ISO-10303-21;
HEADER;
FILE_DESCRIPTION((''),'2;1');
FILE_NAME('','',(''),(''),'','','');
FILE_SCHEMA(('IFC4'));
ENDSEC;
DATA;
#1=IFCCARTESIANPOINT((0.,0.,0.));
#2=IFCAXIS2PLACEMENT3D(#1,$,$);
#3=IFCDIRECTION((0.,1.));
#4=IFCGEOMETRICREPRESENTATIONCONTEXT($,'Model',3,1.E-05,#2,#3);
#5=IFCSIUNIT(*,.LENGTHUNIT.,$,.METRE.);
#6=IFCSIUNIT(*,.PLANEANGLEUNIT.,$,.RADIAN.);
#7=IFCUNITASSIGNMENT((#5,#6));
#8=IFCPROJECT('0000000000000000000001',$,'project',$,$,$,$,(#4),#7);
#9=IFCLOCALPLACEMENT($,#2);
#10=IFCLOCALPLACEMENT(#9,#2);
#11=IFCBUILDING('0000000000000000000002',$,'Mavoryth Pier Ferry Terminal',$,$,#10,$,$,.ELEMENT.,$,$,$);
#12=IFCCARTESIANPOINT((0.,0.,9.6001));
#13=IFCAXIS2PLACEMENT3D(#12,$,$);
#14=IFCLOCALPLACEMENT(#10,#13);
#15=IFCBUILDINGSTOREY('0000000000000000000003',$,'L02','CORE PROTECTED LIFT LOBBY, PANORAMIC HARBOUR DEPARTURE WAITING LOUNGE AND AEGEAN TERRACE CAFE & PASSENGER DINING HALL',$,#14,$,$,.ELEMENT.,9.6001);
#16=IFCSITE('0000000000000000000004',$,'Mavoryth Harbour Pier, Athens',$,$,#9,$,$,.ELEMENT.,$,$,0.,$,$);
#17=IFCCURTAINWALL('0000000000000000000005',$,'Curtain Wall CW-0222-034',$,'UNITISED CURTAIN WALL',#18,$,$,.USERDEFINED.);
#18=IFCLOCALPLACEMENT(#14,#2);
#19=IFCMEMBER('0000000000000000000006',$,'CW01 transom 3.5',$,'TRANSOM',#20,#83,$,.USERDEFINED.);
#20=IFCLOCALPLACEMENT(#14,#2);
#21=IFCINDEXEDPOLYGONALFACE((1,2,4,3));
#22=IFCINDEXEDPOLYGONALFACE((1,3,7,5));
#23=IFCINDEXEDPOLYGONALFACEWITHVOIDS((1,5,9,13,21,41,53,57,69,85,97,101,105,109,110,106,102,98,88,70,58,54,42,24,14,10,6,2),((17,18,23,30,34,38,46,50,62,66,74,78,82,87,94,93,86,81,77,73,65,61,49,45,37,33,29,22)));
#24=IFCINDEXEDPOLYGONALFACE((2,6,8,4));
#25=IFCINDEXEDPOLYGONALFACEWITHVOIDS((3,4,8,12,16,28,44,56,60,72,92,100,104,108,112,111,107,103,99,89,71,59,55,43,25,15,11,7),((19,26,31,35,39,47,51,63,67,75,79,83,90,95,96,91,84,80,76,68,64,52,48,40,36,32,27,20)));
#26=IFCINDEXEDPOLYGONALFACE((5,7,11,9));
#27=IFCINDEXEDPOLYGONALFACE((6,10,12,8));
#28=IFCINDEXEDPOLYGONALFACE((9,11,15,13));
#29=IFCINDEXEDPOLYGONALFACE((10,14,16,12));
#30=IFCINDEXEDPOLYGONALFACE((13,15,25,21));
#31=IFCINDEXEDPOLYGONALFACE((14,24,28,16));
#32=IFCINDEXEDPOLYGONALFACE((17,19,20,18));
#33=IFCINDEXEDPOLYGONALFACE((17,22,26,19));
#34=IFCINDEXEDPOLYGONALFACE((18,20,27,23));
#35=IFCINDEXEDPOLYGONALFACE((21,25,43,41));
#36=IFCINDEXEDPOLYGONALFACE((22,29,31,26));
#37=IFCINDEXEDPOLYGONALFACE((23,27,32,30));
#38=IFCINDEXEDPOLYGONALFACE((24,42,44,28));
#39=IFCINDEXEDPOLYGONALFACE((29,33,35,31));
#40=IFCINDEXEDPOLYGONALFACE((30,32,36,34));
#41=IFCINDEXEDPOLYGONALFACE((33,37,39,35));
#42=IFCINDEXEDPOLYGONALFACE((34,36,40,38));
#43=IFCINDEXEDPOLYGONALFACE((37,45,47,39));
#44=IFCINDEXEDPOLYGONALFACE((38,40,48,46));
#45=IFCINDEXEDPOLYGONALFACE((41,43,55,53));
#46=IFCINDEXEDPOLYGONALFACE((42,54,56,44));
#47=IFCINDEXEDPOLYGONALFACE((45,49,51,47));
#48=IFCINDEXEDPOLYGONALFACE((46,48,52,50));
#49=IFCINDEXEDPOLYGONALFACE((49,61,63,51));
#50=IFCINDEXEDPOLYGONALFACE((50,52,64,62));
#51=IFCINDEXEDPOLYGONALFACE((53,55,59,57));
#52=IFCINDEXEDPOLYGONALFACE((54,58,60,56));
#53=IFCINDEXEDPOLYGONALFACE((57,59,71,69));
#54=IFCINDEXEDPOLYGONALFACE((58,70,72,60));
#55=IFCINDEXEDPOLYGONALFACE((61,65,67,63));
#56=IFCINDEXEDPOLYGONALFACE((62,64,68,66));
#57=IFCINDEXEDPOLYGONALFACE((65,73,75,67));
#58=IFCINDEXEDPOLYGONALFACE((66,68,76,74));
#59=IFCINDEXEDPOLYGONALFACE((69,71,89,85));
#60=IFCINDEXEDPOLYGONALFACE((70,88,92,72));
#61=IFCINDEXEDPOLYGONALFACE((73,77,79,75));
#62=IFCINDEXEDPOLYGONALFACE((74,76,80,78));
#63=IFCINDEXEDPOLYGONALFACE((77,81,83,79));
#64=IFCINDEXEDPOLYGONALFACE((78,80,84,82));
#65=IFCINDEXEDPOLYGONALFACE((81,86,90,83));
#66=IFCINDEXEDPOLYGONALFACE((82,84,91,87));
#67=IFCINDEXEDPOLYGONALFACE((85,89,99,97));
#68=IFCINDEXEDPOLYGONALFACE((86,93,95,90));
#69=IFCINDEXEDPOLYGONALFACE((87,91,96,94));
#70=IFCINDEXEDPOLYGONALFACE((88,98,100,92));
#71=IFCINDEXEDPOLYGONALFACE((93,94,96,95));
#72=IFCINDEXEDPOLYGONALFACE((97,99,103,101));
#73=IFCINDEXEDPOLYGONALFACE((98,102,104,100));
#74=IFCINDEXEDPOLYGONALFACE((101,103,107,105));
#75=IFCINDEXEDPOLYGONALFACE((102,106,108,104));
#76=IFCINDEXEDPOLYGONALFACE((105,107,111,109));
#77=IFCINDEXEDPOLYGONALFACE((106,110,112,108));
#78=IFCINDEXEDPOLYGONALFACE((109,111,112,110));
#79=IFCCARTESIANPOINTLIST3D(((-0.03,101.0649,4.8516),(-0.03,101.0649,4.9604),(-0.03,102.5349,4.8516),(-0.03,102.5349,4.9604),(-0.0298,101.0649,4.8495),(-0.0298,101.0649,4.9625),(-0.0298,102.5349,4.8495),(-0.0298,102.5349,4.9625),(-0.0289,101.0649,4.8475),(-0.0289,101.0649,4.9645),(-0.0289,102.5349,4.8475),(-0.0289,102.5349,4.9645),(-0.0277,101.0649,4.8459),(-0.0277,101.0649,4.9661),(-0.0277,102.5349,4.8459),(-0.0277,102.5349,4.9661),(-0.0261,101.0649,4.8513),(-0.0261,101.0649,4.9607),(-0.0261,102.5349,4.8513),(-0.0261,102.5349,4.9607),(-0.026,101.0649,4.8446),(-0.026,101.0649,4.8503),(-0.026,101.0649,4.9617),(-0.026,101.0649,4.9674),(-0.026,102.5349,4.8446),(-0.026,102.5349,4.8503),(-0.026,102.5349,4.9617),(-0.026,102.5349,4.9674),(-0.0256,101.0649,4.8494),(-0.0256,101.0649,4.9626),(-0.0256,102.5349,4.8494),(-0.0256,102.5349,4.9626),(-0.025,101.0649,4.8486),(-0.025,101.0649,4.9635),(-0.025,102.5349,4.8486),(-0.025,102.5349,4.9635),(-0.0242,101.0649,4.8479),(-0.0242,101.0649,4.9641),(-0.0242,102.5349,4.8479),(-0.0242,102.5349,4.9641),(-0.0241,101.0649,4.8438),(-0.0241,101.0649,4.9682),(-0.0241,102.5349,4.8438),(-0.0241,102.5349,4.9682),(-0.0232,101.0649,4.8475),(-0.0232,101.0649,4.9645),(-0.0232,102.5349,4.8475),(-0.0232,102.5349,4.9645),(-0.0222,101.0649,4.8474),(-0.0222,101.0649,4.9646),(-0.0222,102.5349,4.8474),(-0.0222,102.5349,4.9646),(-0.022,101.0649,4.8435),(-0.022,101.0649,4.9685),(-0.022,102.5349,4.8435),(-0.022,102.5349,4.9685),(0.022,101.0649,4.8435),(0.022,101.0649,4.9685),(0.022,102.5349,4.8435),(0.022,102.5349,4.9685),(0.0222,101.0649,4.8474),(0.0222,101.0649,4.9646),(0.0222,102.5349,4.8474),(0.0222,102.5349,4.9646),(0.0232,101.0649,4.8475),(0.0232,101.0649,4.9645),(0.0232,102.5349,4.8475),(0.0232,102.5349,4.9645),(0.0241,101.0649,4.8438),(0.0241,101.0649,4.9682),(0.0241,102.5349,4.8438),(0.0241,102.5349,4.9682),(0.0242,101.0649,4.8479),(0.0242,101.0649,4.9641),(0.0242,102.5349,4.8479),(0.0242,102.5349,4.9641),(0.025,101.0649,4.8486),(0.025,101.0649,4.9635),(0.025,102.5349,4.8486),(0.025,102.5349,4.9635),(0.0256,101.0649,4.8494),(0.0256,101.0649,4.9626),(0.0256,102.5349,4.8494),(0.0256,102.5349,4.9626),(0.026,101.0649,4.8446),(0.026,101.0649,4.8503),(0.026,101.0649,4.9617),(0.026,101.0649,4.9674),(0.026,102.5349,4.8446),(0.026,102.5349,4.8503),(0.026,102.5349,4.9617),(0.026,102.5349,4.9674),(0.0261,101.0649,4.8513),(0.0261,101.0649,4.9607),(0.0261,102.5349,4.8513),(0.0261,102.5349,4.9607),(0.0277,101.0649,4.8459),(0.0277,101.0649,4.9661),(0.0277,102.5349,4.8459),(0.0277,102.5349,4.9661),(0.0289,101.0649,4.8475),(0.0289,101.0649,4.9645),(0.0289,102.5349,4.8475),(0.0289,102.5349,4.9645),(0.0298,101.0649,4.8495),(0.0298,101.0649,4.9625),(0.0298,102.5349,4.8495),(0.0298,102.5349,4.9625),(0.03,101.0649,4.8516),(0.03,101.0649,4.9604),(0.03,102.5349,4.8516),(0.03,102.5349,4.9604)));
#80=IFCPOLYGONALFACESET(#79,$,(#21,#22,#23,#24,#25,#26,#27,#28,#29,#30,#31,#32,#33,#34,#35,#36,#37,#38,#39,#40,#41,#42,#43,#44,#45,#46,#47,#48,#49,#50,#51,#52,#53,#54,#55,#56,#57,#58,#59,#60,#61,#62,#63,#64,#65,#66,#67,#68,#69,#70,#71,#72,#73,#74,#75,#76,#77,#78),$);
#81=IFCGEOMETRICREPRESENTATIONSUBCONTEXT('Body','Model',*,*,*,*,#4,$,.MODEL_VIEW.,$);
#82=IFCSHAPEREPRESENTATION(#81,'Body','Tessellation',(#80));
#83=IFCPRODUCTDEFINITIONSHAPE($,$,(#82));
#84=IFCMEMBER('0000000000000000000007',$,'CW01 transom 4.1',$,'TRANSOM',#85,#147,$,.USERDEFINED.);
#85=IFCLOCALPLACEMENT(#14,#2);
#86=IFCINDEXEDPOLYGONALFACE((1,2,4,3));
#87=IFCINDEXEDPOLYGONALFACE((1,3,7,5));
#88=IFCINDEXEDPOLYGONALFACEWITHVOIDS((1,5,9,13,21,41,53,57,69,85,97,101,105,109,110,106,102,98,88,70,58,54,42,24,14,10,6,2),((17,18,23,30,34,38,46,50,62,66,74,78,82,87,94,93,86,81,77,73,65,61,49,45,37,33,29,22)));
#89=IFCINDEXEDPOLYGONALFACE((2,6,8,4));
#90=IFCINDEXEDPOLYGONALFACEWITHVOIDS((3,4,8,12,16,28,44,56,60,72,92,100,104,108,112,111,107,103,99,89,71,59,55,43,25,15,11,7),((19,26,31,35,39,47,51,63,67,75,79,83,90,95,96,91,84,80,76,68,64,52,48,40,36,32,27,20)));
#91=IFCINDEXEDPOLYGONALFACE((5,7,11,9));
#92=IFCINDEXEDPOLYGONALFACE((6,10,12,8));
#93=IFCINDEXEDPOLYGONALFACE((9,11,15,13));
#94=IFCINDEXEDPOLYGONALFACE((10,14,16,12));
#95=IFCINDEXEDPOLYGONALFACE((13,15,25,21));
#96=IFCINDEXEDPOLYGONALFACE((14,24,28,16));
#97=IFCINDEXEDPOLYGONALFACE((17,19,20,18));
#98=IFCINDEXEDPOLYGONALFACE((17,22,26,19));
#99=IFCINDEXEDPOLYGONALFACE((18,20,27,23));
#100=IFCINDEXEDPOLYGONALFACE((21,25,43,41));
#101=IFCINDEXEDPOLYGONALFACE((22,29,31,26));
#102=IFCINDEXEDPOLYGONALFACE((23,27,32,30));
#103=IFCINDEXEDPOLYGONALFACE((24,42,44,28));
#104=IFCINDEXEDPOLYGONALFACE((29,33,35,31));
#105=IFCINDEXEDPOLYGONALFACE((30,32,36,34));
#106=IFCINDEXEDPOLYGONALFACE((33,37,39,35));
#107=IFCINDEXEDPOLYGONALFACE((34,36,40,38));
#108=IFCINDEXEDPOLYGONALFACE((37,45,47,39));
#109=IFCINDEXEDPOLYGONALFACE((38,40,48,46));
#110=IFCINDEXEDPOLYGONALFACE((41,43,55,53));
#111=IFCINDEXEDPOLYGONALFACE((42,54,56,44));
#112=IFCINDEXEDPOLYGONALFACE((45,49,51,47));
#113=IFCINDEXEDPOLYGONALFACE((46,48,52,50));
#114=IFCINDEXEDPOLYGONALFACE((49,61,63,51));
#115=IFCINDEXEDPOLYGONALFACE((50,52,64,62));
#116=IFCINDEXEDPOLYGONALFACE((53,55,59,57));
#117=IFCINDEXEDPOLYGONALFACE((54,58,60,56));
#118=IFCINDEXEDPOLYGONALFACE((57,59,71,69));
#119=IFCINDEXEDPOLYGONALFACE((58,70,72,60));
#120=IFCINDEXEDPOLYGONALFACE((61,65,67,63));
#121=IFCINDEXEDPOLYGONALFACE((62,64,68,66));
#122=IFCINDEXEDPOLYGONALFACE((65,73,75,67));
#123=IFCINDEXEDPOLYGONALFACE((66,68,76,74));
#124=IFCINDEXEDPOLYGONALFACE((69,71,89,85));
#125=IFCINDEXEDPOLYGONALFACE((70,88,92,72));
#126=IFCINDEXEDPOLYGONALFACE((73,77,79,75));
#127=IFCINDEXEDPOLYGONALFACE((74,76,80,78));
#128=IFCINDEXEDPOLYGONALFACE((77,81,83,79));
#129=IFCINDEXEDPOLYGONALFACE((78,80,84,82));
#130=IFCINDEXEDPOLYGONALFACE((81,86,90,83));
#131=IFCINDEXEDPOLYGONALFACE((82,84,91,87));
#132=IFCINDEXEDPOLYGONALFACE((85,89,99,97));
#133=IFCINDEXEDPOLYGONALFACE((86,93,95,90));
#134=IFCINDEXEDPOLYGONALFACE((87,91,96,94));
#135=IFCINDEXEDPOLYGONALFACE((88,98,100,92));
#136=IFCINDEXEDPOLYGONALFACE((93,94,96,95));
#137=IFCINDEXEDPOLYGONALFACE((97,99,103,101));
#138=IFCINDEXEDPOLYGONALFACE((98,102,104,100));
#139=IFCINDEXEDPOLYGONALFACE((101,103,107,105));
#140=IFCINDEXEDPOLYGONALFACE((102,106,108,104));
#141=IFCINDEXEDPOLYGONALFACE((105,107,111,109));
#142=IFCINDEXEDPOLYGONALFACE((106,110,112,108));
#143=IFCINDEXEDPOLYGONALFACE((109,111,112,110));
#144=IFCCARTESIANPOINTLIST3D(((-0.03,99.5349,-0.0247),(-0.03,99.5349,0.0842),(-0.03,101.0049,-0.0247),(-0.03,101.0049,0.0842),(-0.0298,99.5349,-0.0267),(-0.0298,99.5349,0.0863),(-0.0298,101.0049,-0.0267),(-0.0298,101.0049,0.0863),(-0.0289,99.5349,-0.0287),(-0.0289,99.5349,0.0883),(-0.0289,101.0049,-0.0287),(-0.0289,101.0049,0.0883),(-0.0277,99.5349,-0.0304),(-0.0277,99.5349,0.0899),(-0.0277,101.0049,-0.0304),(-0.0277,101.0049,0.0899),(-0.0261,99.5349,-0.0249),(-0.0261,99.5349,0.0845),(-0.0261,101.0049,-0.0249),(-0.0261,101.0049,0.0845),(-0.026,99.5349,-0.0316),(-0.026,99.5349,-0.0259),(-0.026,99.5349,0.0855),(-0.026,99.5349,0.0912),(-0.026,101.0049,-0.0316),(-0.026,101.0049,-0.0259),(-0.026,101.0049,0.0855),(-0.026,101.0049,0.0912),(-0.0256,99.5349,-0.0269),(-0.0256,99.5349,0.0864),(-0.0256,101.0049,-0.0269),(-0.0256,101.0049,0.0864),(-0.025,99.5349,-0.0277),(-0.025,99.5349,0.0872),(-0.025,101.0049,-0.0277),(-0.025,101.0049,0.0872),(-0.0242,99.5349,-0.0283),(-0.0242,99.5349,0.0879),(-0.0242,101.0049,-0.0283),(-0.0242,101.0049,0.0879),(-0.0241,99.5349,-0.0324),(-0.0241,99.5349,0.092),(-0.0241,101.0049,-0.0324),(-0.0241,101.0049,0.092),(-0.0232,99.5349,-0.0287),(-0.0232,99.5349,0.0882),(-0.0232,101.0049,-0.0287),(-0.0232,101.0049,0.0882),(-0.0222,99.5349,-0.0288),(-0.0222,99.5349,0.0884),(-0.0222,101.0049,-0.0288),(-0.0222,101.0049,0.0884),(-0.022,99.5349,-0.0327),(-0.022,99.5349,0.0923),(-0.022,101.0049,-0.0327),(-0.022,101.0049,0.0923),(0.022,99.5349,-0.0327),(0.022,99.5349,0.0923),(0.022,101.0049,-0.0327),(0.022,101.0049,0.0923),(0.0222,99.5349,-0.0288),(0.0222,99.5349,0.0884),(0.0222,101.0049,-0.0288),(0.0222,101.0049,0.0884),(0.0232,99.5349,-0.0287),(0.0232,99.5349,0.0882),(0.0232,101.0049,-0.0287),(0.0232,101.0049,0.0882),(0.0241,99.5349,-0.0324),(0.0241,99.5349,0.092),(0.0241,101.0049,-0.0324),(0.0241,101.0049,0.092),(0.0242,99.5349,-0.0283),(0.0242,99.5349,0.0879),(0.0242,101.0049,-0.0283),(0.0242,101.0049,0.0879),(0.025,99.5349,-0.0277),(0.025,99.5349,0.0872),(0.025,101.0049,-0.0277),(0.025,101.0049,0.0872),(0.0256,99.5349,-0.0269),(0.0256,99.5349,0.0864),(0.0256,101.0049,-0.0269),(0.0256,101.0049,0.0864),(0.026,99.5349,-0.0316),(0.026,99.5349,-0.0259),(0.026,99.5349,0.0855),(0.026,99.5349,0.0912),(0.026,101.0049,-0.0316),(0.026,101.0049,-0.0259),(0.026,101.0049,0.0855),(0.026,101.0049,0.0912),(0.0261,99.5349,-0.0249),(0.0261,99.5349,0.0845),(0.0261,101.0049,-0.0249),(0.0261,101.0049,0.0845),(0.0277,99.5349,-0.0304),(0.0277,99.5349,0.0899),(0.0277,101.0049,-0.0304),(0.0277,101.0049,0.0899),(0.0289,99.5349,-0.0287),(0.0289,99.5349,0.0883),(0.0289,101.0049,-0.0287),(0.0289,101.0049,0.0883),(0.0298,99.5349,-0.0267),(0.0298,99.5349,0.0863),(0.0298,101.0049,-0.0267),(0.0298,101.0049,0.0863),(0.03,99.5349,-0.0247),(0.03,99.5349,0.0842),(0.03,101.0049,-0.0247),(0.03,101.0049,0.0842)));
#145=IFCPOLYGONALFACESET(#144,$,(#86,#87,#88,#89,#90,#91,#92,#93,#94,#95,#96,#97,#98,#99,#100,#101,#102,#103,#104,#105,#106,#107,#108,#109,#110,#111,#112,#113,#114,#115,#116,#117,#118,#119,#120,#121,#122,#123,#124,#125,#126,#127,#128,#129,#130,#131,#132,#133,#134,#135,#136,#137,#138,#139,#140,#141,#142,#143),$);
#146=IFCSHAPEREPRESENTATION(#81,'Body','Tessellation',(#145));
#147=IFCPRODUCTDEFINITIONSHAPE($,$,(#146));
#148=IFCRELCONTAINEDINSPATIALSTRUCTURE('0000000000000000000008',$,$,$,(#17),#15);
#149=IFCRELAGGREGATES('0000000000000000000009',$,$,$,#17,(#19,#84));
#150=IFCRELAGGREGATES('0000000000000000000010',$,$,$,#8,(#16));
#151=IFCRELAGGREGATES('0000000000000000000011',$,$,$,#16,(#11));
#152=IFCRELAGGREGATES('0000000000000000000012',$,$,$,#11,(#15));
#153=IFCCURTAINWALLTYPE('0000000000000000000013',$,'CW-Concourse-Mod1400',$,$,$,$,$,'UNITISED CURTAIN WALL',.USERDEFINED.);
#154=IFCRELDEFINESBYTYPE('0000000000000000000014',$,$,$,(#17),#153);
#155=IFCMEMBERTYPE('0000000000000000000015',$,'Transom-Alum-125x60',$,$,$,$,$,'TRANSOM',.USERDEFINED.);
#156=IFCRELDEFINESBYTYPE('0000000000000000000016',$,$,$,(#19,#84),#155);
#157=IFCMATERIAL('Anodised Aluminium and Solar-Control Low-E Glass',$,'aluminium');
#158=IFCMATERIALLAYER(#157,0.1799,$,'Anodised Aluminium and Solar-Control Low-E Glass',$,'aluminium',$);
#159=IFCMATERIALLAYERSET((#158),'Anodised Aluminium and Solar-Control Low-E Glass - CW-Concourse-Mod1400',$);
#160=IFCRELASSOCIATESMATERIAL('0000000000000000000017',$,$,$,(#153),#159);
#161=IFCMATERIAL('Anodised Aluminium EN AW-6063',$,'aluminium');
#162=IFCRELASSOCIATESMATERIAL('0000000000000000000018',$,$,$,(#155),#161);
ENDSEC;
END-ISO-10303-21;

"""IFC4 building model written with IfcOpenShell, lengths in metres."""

from ifc_helpers import new_model, si_unit, direction, frame, origin, origin_2d, place, context, subcontext, project, spatial, hollow_rectangle, extrude, material, layer, layer_set, material_profile, profile_set, type_object, element, aggregate, save


model = new_model("IFC4")

# Units and contexts
model_context = context("Model", 3, precision=1e-05, world=origin(), true_north=direction((0.0, 1.0)))
body_context = subcontext(model_context, "Body", "Model", "MODEL_VIEW")
ifc_project = project(units=[si_unit("LENGTHUNIT", "METRE"), si_unit("PLANEANGLEUNIT", "RADIAN")], contexts=[model_context])

# Site, building, storey
site_placement = place(None, origin())
site = spatial("IfcSite", under=ifc_project, at=site_placement, Name="Mavoryth Harbour Pier, Athens", CompositionType="ELEMENT", RefElevation=0.0)
building_placement = place(site_placement, origin())
building = spatial("IfcBuilding", under=site, at=building_placement, Name="Mavoryth Pier Ferry Terminal", CompositionType="ELEMENT")
storey_placement = place(building_placement, frame((0.0, 0.0, 9.6001)))
storey = spatial("IfcBuildingStorey", under=building, at=storey_placement, Name="L02", Description="CORE PROTECTED LIFT LOBBY, PANORAMIC HARBOUR DEPARTURE WAITING LOUNGE AND AEGEAN TERRACE CAFE & PASSENGER DINING HALL", CompositionType="ELEMENT", Elevation=9.6001)

# Curtain wall
ifc_material_1 = material(Name="Anodised Aluminium and Solar-Control Low-E Glass", Category="aluminium")
ifc_layer_1 = layer(ifc_material_1, 0.1799, Name="Anodised Aluminium and Solar-Control Low-E Glass", Category="aluminium")
ifc_layer_set_1 = layer_set([ifc_layer_1], Name="Anodised Aluminium and Solar-Control Low-E Glass - CW-Concourse-Mod1400")
curtain_wall_type = type_object("IfcCurtainWallType", Name="CW-Concourse-Mod1400", ElementType="UNITISED CURTAIN WALL", PredefinedType="USERDEFINED", material=ifc_layer_set_1)
curtain_wall_placement = place(storey_placement, origin())
curtain_wall = element("IfcCurtainWall", 1, at=curtain_wall_placement, inside=storey, type_object=curtain_wall_type, Name="Curtain Wall CW-0222-034", ObjectType="UNITISED CURTAIN WALL", PredefinedType="USERDEFINED")
ifc_material_2 = material(Name="Anodised Aluminium EN AW-6063", Category="aluminium")

# Members
ifc_material_profile_1 = material_profile(ifc_material_2, hollow_rectangle(XDim=0.0601, YDim=0.125, WallThickness=0.0039, InnerFilletRadius=0.0039, OuterFilletRadius=0.0081, at=origin_2d()), Name="AL-TRAN 125x60x4", Category="aluminium")
ifc_profile_set_1 = profile_set([ifc_material_profile_1], Name="Anodised Aluminium EN AW-6063 - AL-TRAN 125x60x4")
member_type_1 = type_object("IfcMemberType", Name="Transom-Alum-125x60", ElementType="TRANSOM", PredefinedType="USERDEFINED", material=ifc_profile_set_1)
member_1_placement = place(storey_placement, frame((0.0, 102.5349, 4.906), z_axis=(0.0, -1.0, 0.0), x_axis=(1.0, 0.0, 0.0)))
member_1 = element("IfcMember", 2, at=member_1_placement, type_object=member_type_1, Name="CW01 transom 3.5", ObjectType="TRANSOM", PredefinedType="USERDEFINED", context=body_context, shape_type="SweptSolid", body=[
    extrude(hollow_rectangle(XDim=0.0601, YDim=0.125, WallThickness=0.0039, InnerFilletRadius=0.0039, OuterFilletRadius=0.0081, at=origin_2d()), origin(), (0.0, 0.0, 1.0), 1.47),
])
member_2_placement = place(storey_placement, frame((0.0, 101.0049, 0.0298), z_axis=(0.0, -1.0, 0.0), x_axis=(1.0, 0.0, 0.0)))
member_2 = element("IfcMember", 3, at=member_2_placement, type_object=member_type_1, Name="CW01 transom 4.1", ObjectType="TRANSOM", PredefinedType="USERDEFINED", context=body_context, shape_type="SweptSolid", body=[
    extrude(hollow_rectangle(XDim=0.0601, YDim=0.125, WallThickness=0.0039, InnerFilletRadius=0.0039, OuterFilletRadius=0.0081, at=origin_2d()), origin(), (0.0, 0.0, 1.0), 1.47),
])

aggregate(curtain_wall, [member_1, member_2])

save(model, "model.ifc")
